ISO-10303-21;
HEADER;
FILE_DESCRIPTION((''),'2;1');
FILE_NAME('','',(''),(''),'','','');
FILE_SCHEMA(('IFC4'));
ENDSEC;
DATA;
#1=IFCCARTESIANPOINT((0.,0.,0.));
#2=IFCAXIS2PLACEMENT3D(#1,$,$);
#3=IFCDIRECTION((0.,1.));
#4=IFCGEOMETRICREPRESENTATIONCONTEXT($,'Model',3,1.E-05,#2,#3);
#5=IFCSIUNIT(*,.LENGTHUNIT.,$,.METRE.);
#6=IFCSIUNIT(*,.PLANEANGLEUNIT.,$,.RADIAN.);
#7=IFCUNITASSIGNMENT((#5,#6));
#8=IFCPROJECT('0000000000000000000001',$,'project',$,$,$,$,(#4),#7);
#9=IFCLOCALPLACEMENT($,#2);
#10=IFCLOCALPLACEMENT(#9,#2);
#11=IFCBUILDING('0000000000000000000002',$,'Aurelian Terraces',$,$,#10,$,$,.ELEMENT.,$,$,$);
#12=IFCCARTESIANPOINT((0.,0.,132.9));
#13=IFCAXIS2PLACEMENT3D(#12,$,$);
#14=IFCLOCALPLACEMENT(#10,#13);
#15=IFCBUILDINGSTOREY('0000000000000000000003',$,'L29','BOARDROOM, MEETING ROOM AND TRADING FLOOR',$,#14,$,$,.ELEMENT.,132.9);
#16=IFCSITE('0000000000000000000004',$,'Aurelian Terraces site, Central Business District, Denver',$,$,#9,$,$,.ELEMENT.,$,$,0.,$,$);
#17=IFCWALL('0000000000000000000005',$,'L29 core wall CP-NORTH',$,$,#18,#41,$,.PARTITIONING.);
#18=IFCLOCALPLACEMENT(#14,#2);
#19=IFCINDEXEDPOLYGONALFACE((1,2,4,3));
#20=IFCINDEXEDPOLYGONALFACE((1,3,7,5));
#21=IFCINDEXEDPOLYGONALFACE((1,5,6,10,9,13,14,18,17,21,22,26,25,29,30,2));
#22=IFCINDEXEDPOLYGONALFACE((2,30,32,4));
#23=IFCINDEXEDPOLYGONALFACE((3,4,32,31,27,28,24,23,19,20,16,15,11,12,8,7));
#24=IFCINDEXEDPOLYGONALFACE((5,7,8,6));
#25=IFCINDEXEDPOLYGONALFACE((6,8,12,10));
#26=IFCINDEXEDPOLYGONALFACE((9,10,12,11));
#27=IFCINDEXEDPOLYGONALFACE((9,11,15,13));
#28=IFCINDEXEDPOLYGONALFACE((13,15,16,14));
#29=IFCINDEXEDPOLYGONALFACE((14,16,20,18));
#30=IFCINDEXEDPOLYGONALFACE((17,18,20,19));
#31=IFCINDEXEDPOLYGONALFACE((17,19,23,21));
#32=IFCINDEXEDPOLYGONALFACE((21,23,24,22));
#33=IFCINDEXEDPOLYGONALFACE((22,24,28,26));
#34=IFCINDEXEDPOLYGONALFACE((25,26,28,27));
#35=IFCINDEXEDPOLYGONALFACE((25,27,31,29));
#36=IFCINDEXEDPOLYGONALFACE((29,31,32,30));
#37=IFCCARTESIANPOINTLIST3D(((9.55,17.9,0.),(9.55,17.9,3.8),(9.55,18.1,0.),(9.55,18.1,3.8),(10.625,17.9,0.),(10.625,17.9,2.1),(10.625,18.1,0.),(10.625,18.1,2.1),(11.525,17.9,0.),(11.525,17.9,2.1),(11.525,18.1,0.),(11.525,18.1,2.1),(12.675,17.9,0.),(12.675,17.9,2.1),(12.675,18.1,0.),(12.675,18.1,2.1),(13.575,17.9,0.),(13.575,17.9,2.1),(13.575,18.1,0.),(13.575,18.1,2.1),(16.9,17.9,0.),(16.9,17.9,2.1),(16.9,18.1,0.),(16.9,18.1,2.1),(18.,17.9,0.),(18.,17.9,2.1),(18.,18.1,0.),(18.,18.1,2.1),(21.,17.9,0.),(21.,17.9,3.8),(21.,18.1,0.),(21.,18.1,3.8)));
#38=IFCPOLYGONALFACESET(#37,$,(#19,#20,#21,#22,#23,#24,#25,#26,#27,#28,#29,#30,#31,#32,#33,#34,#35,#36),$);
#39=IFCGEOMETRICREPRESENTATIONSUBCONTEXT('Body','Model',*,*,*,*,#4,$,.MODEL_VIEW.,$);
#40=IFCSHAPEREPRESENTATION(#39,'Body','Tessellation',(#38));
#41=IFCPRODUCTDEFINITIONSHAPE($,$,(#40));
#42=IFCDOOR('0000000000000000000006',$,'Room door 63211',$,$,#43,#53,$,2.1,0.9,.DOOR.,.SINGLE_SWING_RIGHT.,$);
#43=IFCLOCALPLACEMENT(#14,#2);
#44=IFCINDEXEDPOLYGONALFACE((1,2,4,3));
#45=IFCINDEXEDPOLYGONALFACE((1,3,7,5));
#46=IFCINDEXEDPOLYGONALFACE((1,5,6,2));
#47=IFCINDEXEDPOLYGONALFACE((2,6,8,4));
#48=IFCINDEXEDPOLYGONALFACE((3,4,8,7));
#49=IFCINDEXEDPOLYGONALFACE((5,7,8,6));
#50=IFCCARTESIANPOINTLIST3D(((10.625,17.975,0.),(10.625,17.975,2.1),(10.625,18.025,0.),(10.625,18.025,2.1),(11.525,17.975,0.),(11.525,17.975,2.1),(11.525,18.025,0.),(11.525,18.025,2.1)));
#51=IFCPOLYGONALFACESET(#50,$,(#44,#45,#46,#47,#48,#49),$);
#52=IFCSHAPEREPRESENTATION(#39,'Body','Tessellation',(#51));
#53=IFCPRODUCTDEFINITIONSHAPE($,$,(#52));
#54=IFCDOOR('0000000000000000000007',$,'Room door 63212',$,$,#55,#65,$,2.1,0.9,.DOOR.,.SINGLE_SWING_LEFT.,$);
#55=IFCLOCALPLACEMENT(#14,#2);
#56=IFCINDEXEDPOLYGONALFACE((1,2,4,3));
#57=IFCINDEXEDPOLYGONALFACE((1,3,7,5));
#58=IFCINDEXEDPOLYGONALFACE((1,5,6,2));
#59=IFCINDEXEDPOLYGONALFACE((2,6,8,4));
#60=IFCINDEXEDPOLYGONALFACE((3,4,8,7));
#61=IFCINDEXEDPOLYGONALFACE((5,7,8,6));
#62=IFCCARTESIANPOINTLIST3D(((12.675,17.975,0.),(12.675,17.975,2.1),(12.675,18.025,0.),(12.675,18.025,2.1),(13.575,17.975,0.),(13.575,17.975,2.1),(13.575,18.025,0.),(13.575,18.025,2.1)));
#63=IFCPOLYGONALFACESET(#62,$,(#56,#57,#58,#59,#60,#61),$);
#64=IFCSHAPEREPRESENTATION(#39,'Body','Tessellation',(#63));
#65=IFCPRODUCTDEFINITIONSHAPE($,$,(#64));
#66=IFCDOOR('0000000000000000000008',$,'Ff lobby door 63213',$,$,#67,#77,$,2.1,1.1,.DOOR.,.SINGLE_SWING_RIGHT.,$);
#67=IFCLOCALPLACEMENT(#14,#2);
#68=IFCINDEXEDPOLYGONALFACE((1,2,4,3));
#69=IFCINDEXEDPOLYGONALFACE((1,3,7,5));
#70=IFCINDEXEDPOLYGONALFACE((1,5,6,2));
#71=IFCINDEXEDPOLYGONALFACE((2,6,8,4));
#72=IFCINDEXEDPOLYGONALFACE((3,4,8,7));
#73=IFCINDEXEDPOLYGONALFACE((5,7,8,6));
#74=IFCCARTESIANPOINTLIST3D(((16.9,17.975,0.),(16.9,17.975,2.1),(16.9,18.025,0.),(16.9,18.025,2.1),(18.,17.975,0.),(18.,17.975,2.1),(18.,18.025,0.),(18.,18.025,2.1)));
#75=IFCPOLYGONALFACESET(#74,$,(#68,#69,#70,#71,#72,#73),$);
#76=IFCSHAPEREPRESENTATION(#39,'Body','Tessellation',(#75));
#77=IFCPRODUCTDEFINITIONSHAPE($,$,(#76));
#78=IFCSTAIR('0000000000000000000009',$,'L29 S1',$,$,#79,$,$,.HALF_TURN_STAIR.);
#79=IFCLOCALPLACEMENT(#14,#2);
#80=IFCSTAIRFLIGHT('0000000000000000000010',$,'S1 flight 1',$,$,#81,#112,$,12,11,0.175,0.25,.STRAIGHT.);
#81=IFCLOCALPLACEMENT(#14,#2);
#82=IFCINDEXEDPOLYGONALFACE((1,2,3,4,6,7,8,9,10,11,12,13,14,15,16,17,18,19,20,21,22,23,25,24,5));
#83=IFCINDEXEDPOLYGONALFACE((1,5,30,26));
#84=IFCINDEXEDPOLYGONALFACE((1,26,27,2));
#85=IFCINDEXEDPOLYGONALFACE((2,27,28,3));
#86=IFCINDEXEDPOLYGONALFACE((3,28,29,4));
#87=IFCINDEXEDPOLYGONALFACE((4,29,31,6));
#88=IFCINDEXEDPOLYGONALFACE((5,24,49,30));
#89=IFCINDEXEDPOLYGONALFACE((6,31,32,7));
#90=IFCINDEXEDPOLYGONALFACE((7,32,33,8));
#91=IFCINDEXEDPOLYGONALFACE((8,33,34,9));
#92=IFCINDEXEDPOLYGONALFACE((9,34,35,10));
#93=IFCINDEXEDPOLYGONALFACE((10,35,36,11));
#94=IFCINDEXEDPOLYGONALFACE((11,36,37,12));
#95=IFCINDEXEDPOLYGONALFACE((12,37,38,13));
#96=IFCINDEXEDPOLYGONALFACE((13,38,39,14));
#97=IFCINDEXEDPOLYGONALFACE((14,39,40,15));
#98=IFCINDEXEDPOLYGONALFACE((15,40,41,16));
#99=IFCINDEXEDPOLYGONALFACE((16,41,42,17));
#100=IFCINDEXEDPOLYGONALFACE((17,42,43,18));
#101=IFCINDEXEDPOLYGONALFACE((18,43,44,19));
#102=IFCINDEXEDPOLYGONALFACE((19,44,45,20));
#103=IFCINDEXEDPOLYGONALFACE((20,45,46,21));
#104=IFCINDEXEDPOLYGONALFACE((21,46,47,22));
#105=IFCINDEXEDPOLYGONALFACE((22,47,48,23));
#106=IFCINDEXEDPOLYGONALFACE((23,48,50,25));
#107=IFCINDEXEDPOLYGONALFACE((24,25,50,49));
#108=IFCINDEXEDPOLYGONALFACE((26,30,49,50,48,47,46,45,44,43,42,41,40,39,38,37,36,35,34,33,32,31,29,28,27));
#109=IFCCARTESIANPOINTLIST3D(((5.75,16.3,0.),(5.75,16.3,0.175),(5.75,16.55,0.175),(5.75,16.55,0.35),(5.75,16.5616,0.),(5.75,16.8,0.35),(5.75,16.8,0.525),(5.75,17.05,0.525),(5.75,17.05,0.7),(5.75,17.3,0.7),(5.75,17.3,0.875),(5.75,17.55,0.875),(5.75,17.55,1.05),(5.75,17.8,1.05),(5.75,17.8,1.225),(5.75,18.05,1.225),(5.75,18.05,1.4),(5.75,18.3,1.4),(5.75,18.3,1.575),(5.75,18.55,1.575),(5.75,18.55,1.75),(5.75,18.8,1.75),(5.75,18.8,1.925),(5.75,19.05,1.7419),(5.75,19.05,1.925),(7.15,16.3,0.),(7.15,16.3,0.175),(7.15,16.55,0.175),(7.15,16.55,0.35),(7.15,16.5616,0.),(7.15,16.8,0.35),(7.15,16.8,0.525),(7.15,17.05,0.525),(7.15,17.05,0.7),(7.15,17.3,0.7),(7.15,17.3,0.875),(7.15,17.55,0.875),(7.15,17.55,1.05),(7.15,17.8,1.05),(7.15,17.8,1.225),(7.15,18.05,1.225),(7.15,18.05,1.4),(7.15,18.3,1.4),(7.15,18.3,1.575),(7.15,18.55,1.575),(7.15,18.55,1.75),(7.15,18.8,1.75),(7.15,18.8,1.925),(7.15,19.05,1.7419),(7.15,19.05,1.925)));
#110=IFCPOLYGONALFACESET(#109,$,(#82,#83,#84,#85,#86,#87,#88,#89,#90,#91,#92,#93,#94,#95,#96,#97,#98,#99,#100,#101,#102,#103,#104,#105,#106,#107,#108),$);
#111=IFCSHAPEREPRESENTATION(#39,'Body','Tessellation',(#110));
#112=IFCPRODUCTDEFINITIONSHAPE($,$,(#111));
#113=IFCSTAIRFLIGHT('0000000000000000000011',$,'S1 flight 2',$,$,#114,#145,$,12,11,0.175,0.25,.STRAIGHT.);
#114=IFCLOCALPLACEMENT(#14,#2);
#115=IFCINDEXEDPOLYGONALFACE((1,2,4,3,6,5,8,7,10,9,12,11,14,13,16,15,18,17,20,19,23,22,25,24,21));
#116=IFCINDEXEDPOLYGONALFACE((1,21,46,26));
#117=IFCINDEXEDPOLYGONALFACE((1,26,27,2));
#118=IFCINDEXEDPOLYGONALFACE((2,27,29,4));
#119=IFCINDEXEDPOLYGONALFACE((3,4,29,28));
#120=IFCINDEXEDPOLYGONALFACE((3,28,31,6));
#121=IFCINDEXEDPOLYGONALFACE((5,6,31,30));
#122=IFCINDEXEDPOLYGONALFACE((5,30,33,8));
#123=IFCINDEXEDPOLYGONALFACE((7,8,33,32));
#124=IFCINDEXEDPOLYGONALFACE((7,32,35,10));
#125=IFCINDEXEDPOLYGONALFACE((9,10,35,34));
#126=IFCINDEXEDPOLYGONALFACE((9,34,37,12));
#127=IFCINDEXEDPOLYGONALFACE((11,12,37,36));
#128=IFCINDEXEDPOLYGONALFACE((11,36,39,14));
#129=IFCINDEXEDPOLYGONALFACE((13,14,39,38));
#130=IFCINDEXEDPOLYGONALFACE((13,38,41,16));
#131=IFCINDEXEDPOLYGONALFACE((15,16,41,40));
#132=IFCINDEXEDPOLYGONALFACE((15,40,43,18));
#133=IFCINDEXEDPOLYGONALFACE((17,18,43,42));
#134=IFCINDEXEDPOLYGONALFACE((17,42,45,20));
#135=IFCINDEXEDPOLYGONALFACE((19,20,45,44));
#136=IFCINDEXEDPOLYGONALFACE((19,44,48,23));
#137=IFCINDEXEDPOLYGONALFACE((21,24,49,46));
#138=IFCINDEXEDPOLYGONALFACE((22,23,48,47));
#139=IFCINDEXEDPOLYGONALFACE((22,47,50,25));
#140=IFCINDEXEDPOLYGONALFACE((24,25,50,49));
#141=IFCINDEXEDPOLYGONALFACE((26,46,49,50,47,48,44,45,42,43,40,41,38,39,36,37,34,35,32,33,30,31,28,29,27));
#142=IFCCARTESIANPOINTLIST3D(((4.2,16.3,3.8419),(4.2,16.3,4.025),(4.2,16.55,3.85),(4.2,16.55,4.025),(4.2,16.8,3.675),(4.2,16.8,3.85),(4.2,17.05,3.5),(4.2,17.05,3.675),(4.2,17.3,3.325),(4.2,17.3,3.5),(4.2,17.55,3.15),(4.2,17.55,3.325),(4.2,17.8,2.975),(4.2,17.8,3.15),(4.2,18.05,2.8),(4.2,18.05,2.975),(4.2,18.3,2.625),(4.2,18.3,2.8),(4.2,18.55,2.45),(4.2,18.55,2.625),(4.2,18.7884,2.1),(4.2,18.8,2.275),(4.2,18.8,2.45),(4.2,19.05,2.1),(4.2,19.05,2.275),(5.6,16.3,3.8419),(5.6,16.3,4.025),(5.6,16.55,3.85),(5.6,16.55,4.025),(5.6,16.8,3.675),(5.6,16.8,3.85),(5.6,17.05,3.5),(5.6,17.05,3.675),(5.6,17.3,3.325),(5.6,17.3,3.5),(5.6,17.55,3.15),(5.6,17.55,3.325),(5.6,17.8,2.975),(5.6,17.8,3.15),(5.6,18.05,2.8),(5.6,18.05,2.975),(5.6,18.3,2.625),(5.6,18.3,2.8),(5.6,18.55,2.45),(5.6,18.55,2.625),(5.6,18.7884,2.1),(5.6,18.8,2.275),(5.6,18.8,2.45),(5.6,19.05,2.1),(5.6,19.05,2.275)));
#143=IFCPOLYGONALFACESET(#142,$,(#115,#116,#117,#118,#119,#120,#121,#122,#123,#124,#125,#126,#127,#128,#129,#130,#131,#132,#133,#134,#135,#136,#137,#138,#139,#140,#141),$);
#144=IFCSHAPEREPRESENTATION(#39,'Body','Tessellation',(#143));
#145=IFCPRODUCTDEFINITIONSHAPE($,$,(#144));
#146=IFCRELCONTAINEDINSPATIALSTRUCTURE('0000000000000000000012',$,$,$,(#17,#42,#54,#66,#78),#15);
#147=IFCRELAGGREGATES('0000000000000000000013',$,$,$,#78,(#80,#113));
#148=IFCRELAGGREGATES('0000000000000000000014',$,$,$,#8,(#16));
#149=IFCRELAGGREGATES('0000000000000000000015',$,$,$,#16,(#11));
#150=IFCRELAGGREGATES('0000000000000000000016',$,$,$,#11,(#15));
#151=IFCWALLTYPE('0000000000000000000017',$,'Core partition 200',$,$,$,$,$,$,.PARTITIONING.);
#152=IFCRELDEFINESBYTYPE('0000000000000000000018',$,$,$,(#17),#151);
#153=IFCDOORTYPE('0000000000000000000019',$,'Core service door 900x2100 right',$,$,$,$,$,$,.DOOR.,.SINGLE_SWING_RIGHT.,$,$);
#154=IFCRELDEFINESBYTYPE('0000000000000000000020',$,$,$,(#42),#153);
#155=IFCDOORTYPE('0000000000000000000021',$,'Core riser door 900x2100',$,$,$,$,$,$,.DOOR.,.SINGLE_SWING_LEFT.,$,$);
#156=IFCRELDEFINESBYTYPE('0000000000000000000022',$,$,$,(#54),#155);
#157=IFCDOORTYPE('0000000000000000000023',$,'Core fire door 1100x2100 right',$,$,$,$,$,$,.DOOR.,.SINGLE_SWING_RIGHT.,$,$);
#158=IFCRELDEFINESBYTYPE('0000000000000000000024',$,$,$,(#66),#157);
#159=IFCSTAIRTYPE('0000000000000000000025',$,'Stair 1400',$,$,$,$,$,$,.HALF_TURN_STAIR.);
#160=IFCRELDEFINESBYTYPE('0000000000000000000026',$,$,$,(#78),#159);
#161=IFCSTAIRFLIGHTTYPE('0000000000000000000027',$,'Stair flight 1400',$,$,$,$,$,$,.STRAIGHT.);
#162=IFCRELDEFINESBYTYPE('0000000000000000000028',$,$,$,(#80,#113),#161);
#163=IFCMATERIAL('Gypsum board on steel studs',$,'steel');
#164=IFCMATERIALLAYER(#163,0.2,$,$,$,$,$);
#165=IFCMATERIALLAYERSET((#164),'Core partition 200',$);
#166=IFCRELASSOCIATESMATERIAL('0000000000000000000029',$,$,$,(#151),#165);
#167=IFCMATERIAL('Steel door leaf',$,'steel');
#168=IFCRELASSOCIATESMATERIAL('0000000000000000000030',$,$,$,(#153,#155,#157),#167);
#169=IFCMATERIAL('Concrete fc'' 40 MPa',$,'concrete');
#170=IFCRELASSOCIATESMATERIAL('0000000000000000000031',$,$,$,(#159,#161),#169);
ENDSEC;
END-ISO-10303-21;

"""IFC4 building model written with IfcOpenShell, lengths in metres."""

from ifc_helpers import new_model, si_unit, direction, frame, frame_2d, origin, place, context, subcontext, project, spatial, polyline, rectangle, outline, extrude, source, transform, mapped, material, layer, layer_set, type_object, element, fill, aggregate, save


model = new_model("IFC4")

# Units and contexts
model_context = context("Model", 3, precision=1e-05, world=origin(), true_north=direction((0.0, 1.0)))
body_context = subcontext(model_context, "Body", "Model", "MODEL_VIEW")
ifc_project = project(units=[si_unit("LENGTHUNIT", "METRE"), si_unit("PLANEANGLEUNIT", "RADIAN")], contexts=[model_context])

# Site, building, storey
site_placement = place(None, origin())
site = spatial("IfcSite", under=ifc_project, at=site_placement, Name="Aurelian Terraces site, Central Business District, Denver", CompositionType="ELEMENT", RefElevation=0.0)
building_placement = place(site_placement, origin())
building = spatial("IfcBuilding", under=site, at=building_placement, Name="Aurelian Terraces", CompositionType="ELEMENT")
storey_placement = place(building_placement, frame((0.0, 0.0, 132.9)))
storey = spatial("IfcBuildingStorey", under=building, at=storey_placement, Name="L29", Description="BOARDROOM, MEETING ROOM AND TRADING FLOOR", CompositionType="ELEMENT", Elevation=132.9)

# Shared definitions
ifc_material_1 = material(Name="Concrete fc' 40 MPa", Category="concrete")
ifc_material_2 = material(Name="Gypsum board on steel studs", Category="steel")
ifc_layer_1 = layer(ifc_material_2, 0.2)
ifc_layer_set_1 = layer_set([ifc_layer_1], Name="Core partition 200")
wall_type_1 = type_object("IfcWallType", Name="Core partition 200", PredefinedType="PARTITIONING", material=ifc_layer_set_1)

# Shared definitions
ifc_material_3 = material(Name="Steel door leaf", Category="steel")
shared_shape_1 = source(origin(), body_context, "Body", "SweptSolid", [
    extrude(rectangle(XDim=1.1, YDim=2.1, at=frame_2d((0.55, 1.05))), frame((0.0, 0.025, 0.0), z_axis=(0.0, -1.0, 0.0), x_axis=(1.0, 0.0, 0.0)), (0.0, 0.0, 1.0), 0.05),
])

# Wall, openings, doors
shared_shape_2 = source(origin(), body_context, "Body", "SweptSolid", [
    extrude(rectangle(XDim=11.45, YDim=0.2, at=frame_2d((5.725, 0.0))), origin(), (0.0, 0.0, 1.0), 3.8),
])
wall_1_placement = place(storey_placement, frame((9.55, 18.0, 0.0), z_axis=(0.0, 0.0, 1.0), x_axis=(1.0, 0.0, 0.0)))
wall_1 = element("IfcWall", 1, at=wall_1_placement, inside=storey, type_object=wall_type_1, Name="L29 core wall CP-NORTH", PredefinedType="PARTITIONING", context=body_context, shape_type="MappedRepresentation", body=[
    mapped(shared_shape_2, transform((0.0, 0.0, 0.0), scale=1.0)),
])
shared_shape_3 = source(origin(), body_context, "Body", "SweptSolid", [
    extrude(rectangle(XDim=0.9, YDim=2.1, at=frame_2d((0.45, 1.05))), frame((0.0, 0.11, 0.0), z_axis=(0.0, -1.0, 0.0), x_axis=(1.0, 0.0, 0.0)), (0.0, 0.0, 1.0), 0.22),
])
opening_1_placement = place(wall_1_placement, frame((1.075, 0.0, 0.0)))
opening_1 = element("IfcOpeningElement", 2, at=opening_1_placement, cuts=wall_1, PredefinedType="OPENING", context=body_context, shape_type="MappedRepresentation", body=[
    mapped(shared_shape_3, transform((0.0, 0.0, 0.0), scale=1.0)),
])
opening_2_placement = place(wall_1_placement, frame((3.125, 0.0, 0.0)))
opening_2 = element("IfcOpeningElement", 3, at=opening_2_placement, cuts=wall_1, PredefinedType="OPENING", context=body_context, shape_type="MappedRepresentation", body=[
    mapped(shared_shape_3, transform((0.0, 0.0, 0.0), scale=1.0)),
])
shared_shape_4 = source(origin(), body_context, "Body", "SweptSolid", [
    extrude(rectangle(XDim=1.1, YDim=2.1, at=frame_2d((0.55, 1.05))), frame((0.0, 0.11, 0.0), z_axis=(0.0, -1.0, 0.0), x_axis=(1.0, 0.0, 0.0)), (0.0, 0.0, 1.0), 0.22),
])
opening_3_placement = place(wall_1_placement, frame((7.35, 0.0, 0.0)))
opening_3 = element("IfcOpeningElement", 4, at=opening_3_placement, cuts=wall_1, PredefinedType="OPENING", context=body_context, shape_type="MappedRepresentation", body=[
    mapped(shared_shape_4, transform((0.0, 0.0, 0.0), scale=1.0)),
])
door_type_1 = type_object("IfcDoorType", Name="Core service door 900x2100 right", OperationType="SINGLE_SWING_RIGHT", PredefinedType="DOOR", material=ifc_material_3)
shared_shape_5 = source(origin(), body_context, "Body", "SweptSolid", [
    extrude(rectangle(XDim=0.9, YDim=2.1, at=frame_2d((0.45, 1.05))), frame((0.0, 0.025, 0.0), z_axis=(0.0, -1.0, 0.0), x_axis=(1.0, 0.0, 0.0)), (0.0, 0.0, 1.0), 0.05),
])
door_1_placement = place(opening_1_placement, origin())
door_1 = element("IfcDoor", 5, at=door_1_placement, inside=storey, type_object=door_type_1, Name="Room door 63211", OperationType="SINGLE_SWING_RIGHT", OverallHeight=2.1, OverallWidth=0.9, PredefinedType="DOOR", context=body_context, shape_type="MappedRepresentation", body=[
    mapped(shared_shape_5, transform((0.0, 0.0, 0.0), scale=1.0)),
])
fill(opening_1, door_1)
door_type_2 = type_object("IfcDoorType", Name="Core riser door 900x2100", OperationType="SINGLE_SWING_LEFT", PredefinedType="DOOR", material=ifc_material_3)
door_2_placement = place(opening_2_placement, origin())
door_2 = element("IfcDoor", 6, at=door_2_placement, inside=storey, type_object=door_type_2, Name="Room door 63212", OperationType="SINGLE_SWING_LEFT", OverallHeight=2.1, OverallWidth=0.9, PredefinedType="DOOR", context=body_context, shape_type="MappedRepresentation", body=[
    mapped(shared_shape_5, transform((0.0, 0.0, 0.0), scale=1.0)),
])
fill(opening_2, door_2)
door_type_3 = type_object("IfcDoorType", Name="Core fire door 1100x2100 right", OperationType="SINGLE_SWING_RIGHT", PredefinedType="DOOR", material=ifc_material_3)
door_3_placement = place(opening_3_placement, origin())
door_3 = element("IfcDoor", 7, at=door_3_placement, inside=storey, type_object=door_type_3, Name="Ff lobby door 63213", OperationType="SINGLE_SWING_RIGHT", OverallHeight=2.1, OverallWidth=1.1, PredefinedType="DOOR", context=body_context, shape_type="MappedRepresentation", body=[
    mapped(shared_shape_1, transform((0.0, 0.0, 0.0), scale=1.0)),
])
fill(opening_3, door_3)

# Stair, stair flights
stair_type = type_object("IfcStairType", Name="Stair 1400", PredefinedType="HALF_TURN_STAIR", material=ifc_material_1)
stair_placement = place(storey_placement, origin())
stair = element("IfcStair", 8, at=stair_placement, inside=storey, type_object=stair_type, Name="L29 S1", PredefinedType="HALF_TURN_STAIR")
stair_flight_type = type_object("IfcStairFlightType", Name="Stair flight 1400", PredefinedType="STRAIGHT", material=ifc_material_1)
shared_shape_6 = source(origin(), body_context, "Body", "SweptSolid", [
    extrude(outline(polyline([(0.0, 0.0), (0.0, 0.175), (0.25, 0.175), (0.25, 0.35), (0.5, 0.35), (0.5, 0.525), (0.75, 0.525), (0.75, 0.7), (1.0, 0.7), (1.0, 0.875), (1.25, 0.875), (1.25, 1.05), (1.5, 1.05), (1.5, 1.225), (1.75, 1.225), (1.75, 1.4), (2.0, 1.4), (2.0, 1.575), (2.25, 1.575), (2.25, 1.75), (2.5, 1.75), (2.5, 1.925), (2.75, 1.925), (2.75, 2.1), (2.75, 1.7419), (0.2616, 0.0), (0.0, 0.0)])), frame((0.0, 0.7, 0.0), z_axis=(0.0, -1.0, 0.0), x_axis=(1.0, 0.0, 0.0)), (0.0, 0.0, 1.0), 1.4),
])
stair_flight_1_placement = place(storey_placement, frame((6.45, 16.3, 0.0), z_axis=(0.0, 0.0, 1.0), x_axis=(0.0, 1.0, 0.0)))
stair_flight_1 = element("IfcStairFlight", 9, at=stair_flight_1_placement, type_object=stair_flight_type, Name="S1 flight 1", NumberOfRisers=12, NumberOfTreads=11, PredefinedType="STRAIGHT", RiserHeight=0.175, TreadLength=0.25, context=body_context, shape_type="MappedRepresentation", body=[
    mapped(shared_shape_6, transform((0.0, 0.0, 0.0), scale=1.0)),
])
stair_flight_2_placement = place(storey_placement, frame((4.9, 19.05, 2.1), z_axis=(0.0, 0.0, 1.0), x_axis=(0.0, -1.0, 0.0)))
stair_flight_2 = element("IfcStairFlight", 10, at=stair_flight_2_placement, type_object=stair_flight_type, Name="S1 flight 2", NumberOfRisers=12, NumberOfTreads=11, PredefinedType="STRAIGHT", RiserHeight=0.175, TreadLength=0.25, context=body_context, shape_type="MappedRepresentation", body=[
    mapped(shared_shape_6, transform((0.0, 0.0, 0.0), scale=1.0)),
])
aggregate(stair, [stair_flight_1, stair_flight_2])

save(model, "model.ifc")
